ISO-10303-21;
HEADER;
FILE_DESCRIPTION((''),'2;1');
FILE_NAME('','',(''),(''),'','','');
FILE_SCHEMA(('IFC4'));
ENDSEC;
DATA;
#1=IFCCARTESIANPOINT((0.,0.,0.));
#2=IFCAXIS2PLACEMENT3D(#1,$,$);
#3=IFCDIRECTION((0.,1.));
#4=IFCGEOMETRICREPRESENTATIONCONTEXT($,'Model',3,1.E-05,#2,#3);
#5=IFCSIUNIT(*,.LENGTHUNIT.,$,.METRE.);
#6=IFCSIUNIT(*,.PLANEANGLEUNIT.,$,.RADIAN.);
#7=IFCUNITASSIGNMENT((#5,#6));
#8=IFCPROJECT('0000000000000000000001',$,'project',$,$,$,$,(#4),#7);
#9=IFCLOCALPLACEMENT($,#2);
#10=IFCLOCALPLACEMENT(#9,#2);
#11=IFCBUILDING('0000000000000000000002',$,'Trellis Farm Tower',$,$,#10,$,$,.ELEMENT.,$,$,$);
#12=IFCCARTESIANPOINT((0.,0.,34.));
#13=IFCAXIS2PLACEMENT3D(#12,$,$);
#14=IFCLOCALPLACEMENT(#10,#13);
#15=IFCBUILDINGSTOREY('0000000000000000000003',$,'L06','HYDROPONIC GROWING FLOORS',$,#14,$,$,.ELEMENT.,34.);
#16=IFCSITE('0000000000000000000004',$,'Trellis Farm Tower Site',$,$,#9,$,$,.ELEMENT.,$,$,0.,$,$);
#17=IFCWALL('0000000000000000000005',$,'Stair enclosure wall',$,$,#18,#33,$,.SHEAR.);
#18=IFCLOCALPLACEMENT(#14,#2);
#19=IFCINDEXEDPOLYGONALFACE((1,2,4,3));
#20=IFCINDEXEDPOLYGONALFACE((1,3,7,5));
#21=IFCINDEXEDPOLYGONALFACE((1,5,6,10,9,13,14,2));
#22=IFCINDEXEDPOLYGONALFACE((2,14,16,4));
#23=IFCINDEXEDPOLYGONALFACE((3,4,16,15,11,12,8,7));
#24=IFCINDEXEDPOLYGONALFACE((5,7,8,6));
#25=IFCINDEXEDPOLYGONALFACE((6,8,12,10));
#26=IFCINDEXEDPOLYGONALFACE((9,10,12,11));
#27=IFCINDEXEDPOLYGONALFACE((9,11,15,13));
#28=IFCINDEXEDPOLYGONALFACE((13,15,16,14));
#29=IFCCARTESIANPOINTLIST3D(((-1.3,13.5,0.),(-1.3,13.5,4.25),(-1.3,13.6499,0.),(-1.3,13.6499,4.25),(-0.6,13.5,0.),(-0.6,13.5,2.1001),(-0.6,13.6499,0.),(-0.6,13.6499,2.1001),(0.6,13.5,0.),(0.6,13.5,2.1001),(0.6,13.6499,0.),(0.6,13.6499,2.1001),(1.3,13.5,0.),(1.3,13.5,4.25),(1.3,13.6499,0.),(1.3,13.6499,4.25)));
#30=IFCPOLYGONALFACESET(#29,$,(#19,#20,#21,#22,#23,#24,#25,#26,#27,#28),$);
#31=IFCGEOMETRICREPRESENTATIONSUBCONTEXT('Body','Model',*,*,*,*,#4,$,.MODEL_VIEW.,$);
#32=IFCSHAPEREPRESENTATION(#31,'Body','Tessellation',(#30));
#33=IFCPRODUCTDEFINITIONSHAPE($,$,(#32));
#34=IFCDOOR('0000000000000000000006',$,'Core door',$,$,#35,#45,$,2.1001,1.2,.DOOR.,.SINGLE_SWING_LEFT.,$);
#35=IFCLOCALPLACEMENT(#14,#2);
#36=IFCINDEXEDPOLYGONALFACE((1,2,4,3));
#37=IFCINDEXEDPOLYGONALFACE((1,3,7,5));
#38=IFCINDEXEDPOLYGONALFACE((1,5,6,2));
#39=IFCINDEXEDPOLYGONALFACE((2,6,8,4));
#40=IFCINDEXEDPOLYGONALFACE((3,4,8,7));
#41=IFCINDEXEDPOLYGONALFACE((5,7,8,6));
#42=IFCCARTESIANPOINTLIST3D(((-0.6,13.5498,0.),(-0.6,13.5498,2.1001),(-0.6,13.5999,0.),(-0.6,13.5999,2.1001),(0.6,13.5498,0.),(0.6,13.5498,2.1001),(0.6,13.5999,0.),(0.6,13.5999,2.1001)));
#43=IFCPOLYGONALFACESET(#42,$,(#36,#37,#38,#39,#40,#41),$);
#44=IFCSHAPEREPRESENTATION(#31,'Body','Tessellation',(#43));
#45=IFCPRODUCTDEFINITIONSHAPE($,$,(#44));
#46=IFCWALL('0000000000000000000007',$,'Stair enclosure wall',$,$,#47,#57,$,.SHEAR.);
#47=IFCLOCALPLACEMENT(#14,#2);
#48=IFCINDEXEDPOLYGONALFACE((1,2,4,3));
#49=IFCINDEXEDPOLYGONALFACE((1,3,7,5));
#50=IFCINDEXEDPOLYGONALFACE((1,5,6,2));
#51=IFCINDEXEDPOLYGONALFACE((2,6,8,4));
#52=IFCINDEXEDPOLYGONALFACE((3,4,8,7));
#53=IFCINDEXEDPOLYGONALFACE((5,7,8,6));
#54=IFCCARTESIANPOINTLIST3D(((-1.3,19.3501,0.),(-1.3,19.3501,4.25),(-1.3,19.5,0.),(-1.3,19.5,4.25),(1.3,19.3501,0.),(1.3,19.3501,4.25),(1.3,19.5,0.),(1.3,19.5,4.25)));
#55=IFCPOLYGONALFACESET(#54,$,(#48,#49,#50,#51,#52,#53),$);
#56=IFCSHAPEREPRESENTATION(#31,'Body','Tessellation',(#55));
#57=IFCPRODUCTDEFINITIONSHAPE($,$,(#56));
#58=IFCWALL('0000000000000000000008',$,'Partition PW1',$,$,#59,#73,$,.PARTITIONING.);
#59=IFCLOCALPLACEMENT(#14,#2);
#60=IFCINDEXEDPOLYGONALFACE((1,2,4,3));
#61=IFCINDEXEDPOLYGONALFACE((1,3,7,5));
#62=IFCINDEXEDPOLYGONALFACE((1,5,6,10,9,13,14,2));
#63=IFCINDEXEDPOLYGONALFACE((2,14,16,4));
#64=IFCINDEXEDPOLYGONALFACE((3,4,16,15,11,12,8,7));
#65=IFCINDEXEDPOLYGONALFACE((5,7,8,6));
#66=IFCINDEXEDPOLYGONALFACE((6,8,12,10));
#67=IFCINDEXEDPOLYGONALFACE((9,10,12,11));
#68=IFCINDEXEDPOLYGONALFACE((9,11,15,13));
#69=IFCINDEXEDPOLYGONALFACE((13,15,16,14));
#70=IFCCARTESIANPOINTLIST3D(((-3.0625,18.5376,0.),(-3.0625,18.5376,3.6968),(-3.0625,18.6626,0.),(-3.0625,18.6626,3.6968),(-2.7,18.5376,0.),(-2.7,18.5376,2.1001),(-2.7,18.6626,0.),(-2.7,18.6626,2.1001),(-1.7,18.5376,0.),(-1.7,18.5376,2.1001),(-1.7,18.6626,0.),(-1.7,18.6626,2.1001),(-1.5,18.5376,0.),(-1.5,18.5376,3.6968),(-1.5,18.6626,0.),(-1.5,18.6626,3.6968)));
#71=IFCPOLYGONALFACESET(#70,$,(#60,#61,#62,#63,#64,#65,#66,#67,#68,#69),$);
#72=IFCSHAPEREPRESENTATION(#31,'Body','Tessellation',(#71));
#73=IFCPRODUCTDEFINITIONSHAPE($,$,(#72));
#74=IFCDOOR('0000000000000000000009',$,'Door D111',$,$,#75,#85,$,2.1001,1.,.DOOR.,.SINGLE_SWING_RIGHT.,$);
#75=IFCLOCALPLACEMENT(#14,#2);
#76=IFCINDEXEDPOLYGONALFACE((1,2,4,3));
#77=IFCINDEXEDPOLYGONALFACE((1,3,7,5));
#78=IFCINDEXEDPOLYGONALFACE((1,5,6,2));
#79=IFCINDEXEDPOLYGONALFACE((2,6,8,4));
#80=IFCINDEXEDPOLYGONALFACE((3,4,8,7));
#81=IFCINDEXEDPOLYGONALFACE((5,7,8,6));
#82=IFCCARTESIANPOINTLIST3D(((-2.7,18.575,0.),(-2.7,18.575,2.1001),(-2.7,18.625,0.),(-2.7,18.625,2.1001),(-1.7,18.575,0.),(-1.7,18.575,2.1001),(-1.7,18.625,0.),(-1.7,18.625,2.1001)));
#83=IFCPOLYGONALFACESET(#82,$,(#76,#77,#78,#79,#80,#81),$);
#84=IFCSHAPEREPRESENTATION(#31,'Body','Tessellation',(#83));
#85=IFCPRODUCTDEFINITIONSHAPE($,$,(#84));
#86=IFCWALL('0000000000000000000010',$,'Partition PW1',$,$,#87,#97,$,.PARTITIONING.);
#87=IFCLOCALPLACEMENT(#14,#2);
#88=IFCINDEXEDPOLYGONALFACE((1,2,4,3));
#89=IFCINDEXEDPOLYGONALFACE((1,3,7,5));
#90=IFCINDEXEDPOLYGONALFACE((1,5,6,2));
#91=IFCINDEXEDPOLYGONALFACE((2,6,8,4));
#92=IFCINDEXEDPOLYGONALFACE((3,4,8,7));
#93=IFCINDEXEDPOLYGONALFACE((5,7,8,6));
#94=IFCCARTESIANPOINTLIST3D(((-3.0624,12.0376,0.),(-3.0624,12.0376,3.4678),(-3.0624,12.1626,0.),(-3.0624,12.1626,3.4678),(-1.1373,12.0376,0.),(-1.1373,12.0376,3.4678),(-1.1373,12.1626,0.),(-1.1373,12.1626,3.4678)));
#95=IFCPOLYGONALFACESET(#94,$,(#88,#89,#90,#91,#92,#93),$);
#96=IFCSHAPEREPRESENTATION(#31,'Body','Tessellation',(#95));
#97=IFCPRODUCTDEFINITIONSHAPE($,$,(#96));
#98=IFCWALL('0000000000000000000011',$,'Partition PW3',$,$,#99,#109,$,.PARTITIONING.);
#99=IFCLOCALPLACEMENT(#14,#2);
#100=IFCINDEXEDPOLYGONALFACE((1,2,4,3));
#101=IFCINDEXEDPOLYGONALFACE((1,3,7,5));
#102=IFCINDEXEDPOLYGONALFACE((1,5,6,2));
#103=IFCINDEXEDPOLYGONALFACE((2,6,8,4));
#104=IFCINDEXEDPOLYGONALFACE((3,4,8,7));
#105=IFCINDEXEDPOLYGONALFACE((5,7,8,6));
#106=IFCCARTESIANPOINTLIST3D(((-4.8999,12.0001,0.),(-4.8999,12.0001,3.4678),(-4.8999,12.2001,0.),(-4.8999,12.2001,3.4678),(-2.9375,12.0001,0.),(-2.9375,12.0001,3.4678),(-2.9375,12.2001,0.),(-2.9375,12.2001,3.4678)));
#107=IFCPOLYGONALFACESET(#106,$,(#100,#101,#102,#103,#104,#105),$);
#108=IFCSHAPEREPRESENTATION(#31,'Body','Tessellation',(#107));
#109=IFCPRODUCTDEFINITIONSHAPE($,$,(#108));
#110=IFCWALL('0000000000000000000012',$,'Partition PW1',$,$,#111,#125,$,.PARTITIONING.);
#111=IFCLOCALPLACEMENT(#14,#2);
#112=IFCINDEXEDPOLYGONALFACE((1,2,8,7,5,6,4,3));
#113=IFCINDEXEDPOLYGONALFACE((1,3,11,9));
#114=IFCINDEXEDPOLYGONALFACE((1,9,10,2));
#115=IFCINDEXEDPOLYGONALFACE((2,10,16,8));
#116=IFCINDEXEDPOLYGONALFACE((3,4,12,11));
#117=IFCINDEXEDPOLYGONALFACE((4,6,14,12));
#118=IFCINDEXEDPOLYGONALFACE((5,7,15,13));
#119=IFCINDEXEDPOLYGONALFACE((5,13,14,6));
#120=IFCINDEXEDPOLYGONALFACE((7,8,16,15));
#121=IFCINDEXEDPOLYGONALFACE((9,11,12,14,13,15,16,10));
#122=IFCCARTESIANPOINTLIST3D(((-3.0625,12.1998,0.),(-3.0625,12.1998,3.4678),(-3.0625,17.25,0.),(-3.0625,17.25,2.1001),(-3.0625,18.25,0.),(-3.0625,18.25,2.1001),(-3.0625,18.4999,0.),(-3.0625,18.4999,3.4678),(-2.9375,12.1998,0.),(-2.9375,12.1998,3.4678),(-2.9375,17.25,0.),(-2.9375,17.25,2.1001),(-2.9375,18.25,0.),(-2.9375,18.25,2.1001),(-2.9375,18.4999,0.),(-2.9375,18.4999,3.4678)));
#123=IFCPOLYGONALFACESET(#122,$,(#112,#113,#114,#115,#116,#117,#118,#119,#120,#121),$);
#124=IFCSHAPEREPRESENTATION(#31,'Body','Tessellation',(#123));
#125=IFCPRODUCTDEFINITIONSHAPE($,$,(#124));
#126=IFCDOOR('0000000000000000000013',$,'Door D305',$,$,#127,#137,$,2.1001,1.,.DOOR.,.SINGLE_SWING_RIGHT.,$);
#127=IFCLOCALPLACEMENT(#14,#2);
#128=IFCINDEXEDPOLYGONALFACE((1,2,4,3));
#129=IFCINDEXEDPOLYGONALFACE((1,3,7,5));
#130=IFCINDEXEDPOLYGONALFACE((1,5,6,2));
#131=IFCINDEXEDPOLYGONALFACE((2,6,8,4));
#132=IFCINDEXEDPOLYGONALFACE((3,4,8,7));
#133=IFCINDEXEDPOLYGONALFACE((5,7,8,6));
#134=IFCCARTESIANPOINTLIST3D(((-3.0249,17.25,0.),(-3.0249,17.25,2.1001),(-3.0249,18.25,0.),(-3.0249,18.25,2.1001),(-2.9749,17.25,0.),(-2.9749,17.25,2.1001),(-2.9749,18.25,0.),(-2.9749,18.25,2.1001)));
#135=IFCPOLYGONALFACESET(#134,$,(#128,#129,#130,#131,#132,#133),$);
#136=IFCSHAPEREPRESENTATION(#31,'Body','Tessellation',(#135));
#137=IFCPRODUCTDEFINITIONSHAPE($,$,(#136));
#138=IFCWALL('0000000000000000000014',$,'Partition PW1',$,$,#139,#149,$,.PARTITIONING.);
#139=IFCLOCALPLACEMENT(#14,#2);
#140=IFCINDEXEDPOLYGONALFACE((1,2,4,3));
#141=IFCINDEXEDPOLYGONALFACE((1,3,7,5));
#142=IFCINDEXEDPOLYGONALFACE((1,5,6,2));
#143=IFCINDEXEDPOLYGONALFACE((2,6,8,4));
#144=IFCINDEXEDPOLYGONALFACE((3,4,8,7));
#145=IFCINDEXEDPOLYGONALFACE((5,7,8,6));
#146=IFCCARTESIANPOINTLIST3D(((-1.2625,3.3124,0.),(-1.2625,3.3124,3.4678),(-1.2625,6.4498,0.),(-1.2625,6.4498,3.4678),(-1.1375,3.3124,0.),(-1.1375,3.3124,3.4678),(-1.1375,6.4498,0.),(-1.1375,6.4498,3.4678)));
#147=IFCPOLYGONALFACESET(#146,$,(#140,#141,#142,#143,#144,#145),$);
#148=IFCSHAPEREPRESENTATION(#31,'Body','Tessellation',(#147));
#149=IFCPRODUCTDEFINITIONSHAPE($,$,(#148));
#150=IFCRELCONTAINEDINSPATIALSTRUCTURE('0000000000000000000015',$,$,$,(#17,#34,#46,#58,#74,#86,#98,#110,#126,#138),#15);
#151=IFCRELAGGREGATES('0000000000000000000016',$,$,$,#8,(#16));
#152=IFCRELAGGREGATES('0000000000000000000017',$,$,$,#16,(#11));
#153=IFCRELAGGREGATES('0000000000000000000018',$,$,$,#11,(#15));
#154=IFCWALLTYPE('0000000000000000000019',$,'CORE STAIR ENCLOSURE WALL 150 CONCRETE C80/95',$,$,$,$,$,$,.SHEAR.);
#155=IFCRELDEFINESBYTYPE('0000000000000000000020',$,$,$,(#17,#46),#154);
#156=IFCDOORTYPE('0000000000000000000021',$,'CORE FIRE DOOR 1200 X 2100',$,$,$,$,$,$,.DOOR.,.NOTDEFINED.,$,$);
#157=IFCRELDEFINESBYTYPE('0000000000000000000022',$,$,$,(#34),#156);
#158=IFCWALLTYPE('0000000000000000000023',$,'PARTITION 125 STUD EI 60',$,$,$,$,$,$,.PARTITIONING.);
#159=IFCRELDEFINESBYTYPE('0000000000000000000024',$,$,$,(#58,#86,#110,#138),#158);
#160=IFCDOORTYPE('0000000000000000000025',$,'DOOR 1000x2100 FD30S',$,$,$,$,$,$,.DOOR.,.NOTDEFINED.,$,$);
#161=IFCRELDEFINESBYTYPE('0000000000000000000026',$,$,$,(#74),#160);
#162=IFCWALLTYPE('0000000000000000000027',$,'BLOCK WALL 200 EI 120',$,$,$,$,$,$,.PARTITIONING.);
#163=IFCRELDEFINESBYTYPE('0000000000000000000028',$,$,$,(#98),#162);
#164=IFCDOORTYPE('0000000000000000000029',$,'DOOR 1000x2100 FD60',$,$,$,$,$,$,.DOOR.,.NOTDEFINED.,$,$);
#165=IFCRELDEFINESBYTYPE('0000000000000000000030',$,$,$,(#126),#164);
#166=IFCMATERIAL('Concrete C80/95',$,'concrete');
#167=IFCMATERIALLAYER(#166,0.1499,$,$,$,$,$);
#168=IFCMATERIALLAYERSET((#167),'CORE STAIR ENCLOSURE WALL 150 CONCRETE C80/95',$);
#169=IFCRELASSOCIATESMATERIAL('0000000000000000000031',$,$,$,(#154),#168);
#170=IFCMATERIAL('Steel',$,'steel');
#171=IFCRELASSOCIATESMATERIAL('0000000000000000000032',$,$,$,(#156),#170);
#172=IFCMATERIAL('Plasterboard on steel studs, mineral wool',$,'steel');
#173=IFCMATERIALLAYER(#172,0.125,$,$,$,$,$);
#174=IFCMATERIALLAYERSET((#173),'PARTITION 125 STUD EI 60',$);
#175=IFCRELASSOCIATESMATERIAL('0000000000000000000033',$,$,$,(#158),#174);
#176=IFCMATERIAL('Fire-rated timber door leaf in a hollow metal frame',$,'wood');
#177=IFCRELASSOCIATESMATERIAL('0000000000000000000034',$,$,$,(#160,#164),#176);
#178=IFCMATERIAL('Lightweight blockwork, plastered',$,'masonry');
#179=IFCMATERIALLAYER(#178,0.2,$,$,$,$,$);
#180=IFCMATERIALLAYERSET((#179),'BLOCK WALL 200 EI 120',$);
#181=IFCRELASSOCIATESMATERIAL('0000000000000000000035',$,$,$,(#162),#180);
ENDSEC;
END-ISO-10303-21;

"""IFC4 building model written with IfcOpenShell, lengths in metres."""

from ifc_helpers import new_model, si_unit, direction, frame, frame_2d, origin, place, context, subcontext, project, spatial, rectangle, extrude, source, transform, mapped, material, layer, layer_set, type_object, element, fill, save


model = new_model("IFC4")

# Units and contexts
model_context = context("Model", 3, precision=1e-05, world=origin(), true_north=direction((0.0, 1.0)))
body_context = subcontext(model_context, "Body", "Model", "MODEL_VIEW")
ifc_project = project(units=[si_unit("LENGTHUNIT", "METRE"), si_unit("PLANEANGLEUNIT", "RADIAN")], contexts=[model_context])

# Site, building, storey
site_placement = place(None, origin())
site = spatial("IfcSite", under=ifc_project, at=site_placement, Name="Trellis Farm Tower Site", CompositionType="ELEMENT", RefElevation=0.0)
building_placement = place(site_placement, origin())
building = spatial("IfcBuilding", under=site, at=building_placement, Name="Trellis Farm Tower", CompositionType="ELEMENT")
storey_placement = place(building_placement, frame((0.0, 0.0, 34.0)))
storey = spatial("IfcBuildingStorey", under=building, at=storey_placement, Name="L06", Description="HYDROPONIC GROWING FLOORS", CompositionType="ELEMENT", Elevation=34.0)

# Shared definitions
ifc_material_1 = material(Name="Concrete C80/95", Category="concrete")

# Wall, opening, door
ifc_layer_1 = layer(ifc_material_1, 0.1499)
ifc_layer_set_1 = layer_set([ifc_layer_1], Name="CORE STAIR ENCLOSURE WALL 150 CONCRETE C80/95")
wall_type_1 = type_object("IfcWallType", Name="CORE STAIR ENCLOSURE WALL 150 CONCRETE C80/95", PredefinedType="SHEAR", material=ifc_layer_set_1)
shared_shape_1 = source(origin(), body_context, "Body", "SweptSolid", [
    extrude(rectangle(XDim=2.6001, YDim=0.1499, at=frame_2d((1.3, 0.0))), origin(), (0.0, 0.0, 1.0), 4.25),
])
wall_1_placement = place(storey_placement, frame((-1.3, 13.575, 0.0), z_axis=(0.0, 0.0, 1.0), x_axis=(1.0, 0.0, 0.0)))
wall_1 = element("IfcWall", 1, at=wall_1_placement, inside=storey, type_object=wall_type_1, Name="Stair enclosure wall", PredefinedType="SHEAR", context=body_context, shape_type="MappedRepresentation", body=[
    mapped(shared_shape_1, transform((0.0, 0.0, 0.0))),
])
shared_shape_2 = source(origin(), body_context, "Body", "SweptSolid", [
    extrude(rectangle(XDim=1.2, YDim=2.1001, at=frame_2d((0.6001, 1.05))), frame((0.0, 0.085, 0.0), z_axis=(0.0, -1.0, 0.0), x_axis=(1.0, 0.0, 0.0)), (0.0, 0.0, 1.0), 0.1699),
])
opening_1_placement = place(wall_1_placement, frame((0.7, 0.0, 0.0)))
opening_1 = element("IfcOpeningElement", 2, at=opening_1_placement, cuts=wall_1, PredefinedType="OPENING", context=body_context, shape_type="MappedRepresentation", body=[
    mapped(shared_shape_2, transform((0.0, 0.0, 0.0))),
])
ifc_material_2 = material(Name="Steel", Category="steel")
door_type_1 = type_object("IfcDoorType", Name="CORE FIRE DOOR 1200 X 2100", OperationType="NOTDEFINED", PredefinedType="DOOR", material=ifc_material_2)
shared_shape_3 = source(origin(), body_context, "Body", "SweptSolid", [
    extrude(rectangle(XDim=1.2, YDim=2.1001, at=frame_2d((0.6001, 1.05))), frame((0.0, 0.0249, 0.0), z_axis=(0.0, -1.0, 0.0), x_axis=(1.0, 0.0, 0.0)), (0.0, 0.0, 1.0), 0.05),
])
door_1_placement = place(opening_1_placement, origin())
door_1 = element("IfcDoor", 3, at=door_1_placement, inside=storey, type_object=door_type_1, Name="Core door", OperationType="SINGLE_SWING_LEFT", OverallHeight=2.1001, OverallWidth=1.2, PredefinedType="DOOR", context=body_context, shape_type="MappedRepresentation", body=[
    mapped(shared_shape_3, transform((0.0, 0.0, 0.0))),
])
fill(opening_1, door_1)

# Wall
wall_2_placement = place(storey_placement, frame((-1.3, 19.425, 0.0), z_axis=(0.0, 0.0, 1.0), x_axis=(1.0, 0.0, 0.0)))
element("IfcWall", 4, at=wall_2_placement, inside=storey, type_object=wall_type_1, Name="Stair enclosure wall", PredefinedType="SHEAR", context=body_context, shape_type="MappedRepresentation", body=[
    mapped(shared_shape_1, transform((0.0, 0.0, 0.0))),
])

# Wall, opening, door
ifc_material_3 = material(Name="Plasterboard on steel studs, mineral wool", Category="steel")
ifc_layer_2 = layer(ifc_material_3, 0.125)
ifc_layer_set_2 = layer_set([ifc_layer_2], Name="PARTITION 125 STUD EI 60")
wall_type_2 = type_object("IfcWallType", Name="PARTITION 125 STUD EI 60", PredefinedType="PARTITIONING", material=ifc_layer_set_2)
shared_shape_4 = source(origin(), body_context, "Body", "SweptSolid", [
    extrude(rectangle(XDim=1.5625, YDim=0.125, at=frame_2d((0.7812, 0.0))), origin(), (0.0, 0.0, 1.0), 3.6968),
])
wall_3_placement = place(storey_placement, frame((-3.0625, 18.6001, 0.0), z_axis=(0.0, 0.0, 1.0), x_axis=(1.0, 0.0, 0.0)))
wall_3 = element("IfcWall", 5, at=wall_3_placement, inside=storey, type_object=wall_type_2, Name="Partition PW1", PredefinedType="PARTITIONING", context=body_context, shape_type="MappedRepresentation", body=[
    mapped(shared_shape_4, transform((0.0, 0.0, 0.0))),
])
shared_shape_5 = source(origin(), body_context, "Body", "SweptSolid", [
    extrude(rectangle(XDim=1.0, YDim=2.1001, at=frame_2d((0.5, 1.05))), frame((0.0, 0.0725, 0.0), z_axis=(0.0, -1.0, 0.0), x_axis=(1.0, 0.0, 0.0)), (0.0, 0.0, 1.0), 0.145),
])
opening_2_placement = place(wall_3_placement, frame((0.3625, 0.0, 0.0)))
opening_2 = element("IfcOpeningElement", 6, at=opening_2_placement, cuts=wall_3, PredefinedType="OPENING", context=body_context, shape_type="MappedRepresentation", body=[
    mapped(shared_shape_5, transform((0.0, 0.0, 0.0))),
])
ifc_material_4 = material(Name="Fire-rated timber door leaf in a hollow metal frame", Category="wood")
door_type_2 = type_object("IfcDoorType", Name="DOOR 1000x2100 FD30S", OperationType="NOTDEFINED", PredefinedType="DOOR", material=ifc_material_4)
shared_shape_6 = source(origin(), body_context, "Body", "SweptSolid", [
    extrude(rectangle(XDim=1.0, YDim=2.1001, at=frame_2d((0.5, 1.05))), frame((0.0, 0.0249, 0.0), z_axis=(0.0, -1.0, 0.0), x_axis=(1.0, 0.0, 0.0)), (0.0, 0.0, 1.0), 0.05),
])
door_2_placement = place(opening_2_placement, origin())
door_2 = element("IfcDoor", 7, at=door_2_placement, inside=storey, type_object=door_type_2, Name="Door D111", OperationType="SINGLE_SWING_RIGHT", OverallHeight=2.1001, OverallWidth=1.0, PredefinedType="DOOR", context=body_context, shape_type="MappedRepresentation", body=[
    mapped(shared_shape_6, transform((0.0, 0.0, 0.0))),
])
fill(opening_2, door_2)

# Walls
shared_shape_7 = source(origin(), body_context, "Body", "SweptSolid", [
    extrude(rectangle(XDim=1.925, YDim=0.125, at=frame_2d((0.9624, 0.0))), origin(), (0.0, 0.0, 1.0), 3.4678),
])
wall_4_placement = place(storey_placement, frame((-1.1375, 12.1001, 0.0), z_axis=(0.0, 0.0, 1.0), x_axis=(-1.0, 0.0, 0.0)))
element("IfcWall", 8, at=wall_4_placement, inside=storey, type_object=wall_type_2, Name="Partition PW1", PredefinedType="PARTITIONING", context=body_context, shape_type="MappedRepresentation", body=[
    mapped(shared_shape_7, transform((0.0, 0.0, 0.0))),
])
ifc_material_5 = material(Name="Lightweight blockwork, plastered", Category="masonry")
ifc_layer_3 = layer(ifc_material_5, 0.2)
ifc_layer_set_3 = layer_set([ifc_layer_3], Name="BLOCK WALL 200 EI 120")
wall_type_3 = type_object("IfcWallType", Name="BLOCK WALL 200 EI 120", PredefinedType="PARTITIONING", material=ifc_layer_set_3)
shared_shape_8 = source(origin(), body_context, "Body", "SweptSolid", [
    extrude(rectangle(XDim=1.9624, YDim=0.2, at=frame_2d((0.9812, 0.0))), origin(), (0.0, 0.0, 1.0), 3.4678),
])
wall_5_placement = place(storey_placement, frame((-4.8999, 12.1001, 0.0), z_axis=(0.0, 0.0, 1.0), x_axis=(1.0, 0.0, 0.0)))
element("IfcWall", 9, at=wall_5_placement, inside=storey, type_object=wall_type_3, Name="Partition PW3", PredefinedType="PARTITIONING", context=body_context, shape_type="MappedRepresentation", body=[
    mapped(shared_shape_8, transform((0.0, 0.0, 0.0))),
])

# Wall, opening, door
shared_shape_9 = source(origin(), body_context, "Body", "SweptSolid", [
    extrude(rectangle(XDim=6.3, YDim=0.125, at=frame_2d((3.1499, 0.0))), origin(), (0.0, 0.0, 1.0), 3.4678),
])
wall_6_placement = place(storey_placement, frame((-3.0, 12.2, 0.0), z_axis=(0.0, 0.0, 1.0), x_axis=(0.0, 1.0, 0.0)))
wall_6 = element("IfcWall", 10, at=wall_6_placement, inside=storey, type_object=wall_type_2, Name="Partition PW1", PredefinedType="PARTITIONING", context=body_context, shape_type="MappedRepresentation", body=[
    mapped(shared_shape_9, transform((0.0, 0.0, 0.0))),
])
opening_3_placement = place(wall_6_placement, frame((5.05, 0.0, 0.0)))
opening_3 = element("IfcOpeningElement", 11, at=opening_3_placement, cuts=wall_6, PredefinedType="OPENING", context=body_context, shape_type="MappedRepresentation", body=[
    mapped(shared_shape_5, transform((0.0, 0.0, 0.0))),
])
door_type_3 = type_object("IfcDoorType", Name="DOOR 1000x2100 FD60", OperationType="NOTDEFINED", PredefinedType="DOOR", material=ifc_material_4)
door_3_placement = place(opening_3_placement, origin())
door_3 = element("IfcDoor", 12, at=door_3_placement, inside=storey, type_object=door_type_3, Name="Door D305", OperationType="SINGLE_SWING_RIGHT", OverallHeight=2.1001, OverallWidth=1.0, PredefinedType="DOOR", context=body_context, shape_type="MappedRepresentation", body=[
    mapped(shared_shape_6, transform((0.0, 0.0, 0.0))),
])
fill(opening_3, door_3)

# Wall
shared_shape_10 = source(origin(), body_context, "Body", "SweptSolid", [
    extrude(rectangle(XDim=3.1375, YDim=0.125, at=frame_2d((1.5688, 0.0))), origin(), (0.0, 0.0, 1.0), 3.4678),
])
wall_7_placement = place(storey_placement, frame((-1.2, 6.45, 0.0), z_axis=(0.0, 0.0, 1.0), x_axis=(0.0, -1.0, 0.0)))
element("IfcWall", 13, at=wall_7_placement, inside=storey, type_object=wall_type_2, Name="Partition PW1", PredefinedType="PARTITIONING", context=body_context, shape_type="MappedRepresentation", body=[
    mapped(shared_shape_10, transform((0.0, 0.0, 0.0))),
])

save(model, "model.ifc")
